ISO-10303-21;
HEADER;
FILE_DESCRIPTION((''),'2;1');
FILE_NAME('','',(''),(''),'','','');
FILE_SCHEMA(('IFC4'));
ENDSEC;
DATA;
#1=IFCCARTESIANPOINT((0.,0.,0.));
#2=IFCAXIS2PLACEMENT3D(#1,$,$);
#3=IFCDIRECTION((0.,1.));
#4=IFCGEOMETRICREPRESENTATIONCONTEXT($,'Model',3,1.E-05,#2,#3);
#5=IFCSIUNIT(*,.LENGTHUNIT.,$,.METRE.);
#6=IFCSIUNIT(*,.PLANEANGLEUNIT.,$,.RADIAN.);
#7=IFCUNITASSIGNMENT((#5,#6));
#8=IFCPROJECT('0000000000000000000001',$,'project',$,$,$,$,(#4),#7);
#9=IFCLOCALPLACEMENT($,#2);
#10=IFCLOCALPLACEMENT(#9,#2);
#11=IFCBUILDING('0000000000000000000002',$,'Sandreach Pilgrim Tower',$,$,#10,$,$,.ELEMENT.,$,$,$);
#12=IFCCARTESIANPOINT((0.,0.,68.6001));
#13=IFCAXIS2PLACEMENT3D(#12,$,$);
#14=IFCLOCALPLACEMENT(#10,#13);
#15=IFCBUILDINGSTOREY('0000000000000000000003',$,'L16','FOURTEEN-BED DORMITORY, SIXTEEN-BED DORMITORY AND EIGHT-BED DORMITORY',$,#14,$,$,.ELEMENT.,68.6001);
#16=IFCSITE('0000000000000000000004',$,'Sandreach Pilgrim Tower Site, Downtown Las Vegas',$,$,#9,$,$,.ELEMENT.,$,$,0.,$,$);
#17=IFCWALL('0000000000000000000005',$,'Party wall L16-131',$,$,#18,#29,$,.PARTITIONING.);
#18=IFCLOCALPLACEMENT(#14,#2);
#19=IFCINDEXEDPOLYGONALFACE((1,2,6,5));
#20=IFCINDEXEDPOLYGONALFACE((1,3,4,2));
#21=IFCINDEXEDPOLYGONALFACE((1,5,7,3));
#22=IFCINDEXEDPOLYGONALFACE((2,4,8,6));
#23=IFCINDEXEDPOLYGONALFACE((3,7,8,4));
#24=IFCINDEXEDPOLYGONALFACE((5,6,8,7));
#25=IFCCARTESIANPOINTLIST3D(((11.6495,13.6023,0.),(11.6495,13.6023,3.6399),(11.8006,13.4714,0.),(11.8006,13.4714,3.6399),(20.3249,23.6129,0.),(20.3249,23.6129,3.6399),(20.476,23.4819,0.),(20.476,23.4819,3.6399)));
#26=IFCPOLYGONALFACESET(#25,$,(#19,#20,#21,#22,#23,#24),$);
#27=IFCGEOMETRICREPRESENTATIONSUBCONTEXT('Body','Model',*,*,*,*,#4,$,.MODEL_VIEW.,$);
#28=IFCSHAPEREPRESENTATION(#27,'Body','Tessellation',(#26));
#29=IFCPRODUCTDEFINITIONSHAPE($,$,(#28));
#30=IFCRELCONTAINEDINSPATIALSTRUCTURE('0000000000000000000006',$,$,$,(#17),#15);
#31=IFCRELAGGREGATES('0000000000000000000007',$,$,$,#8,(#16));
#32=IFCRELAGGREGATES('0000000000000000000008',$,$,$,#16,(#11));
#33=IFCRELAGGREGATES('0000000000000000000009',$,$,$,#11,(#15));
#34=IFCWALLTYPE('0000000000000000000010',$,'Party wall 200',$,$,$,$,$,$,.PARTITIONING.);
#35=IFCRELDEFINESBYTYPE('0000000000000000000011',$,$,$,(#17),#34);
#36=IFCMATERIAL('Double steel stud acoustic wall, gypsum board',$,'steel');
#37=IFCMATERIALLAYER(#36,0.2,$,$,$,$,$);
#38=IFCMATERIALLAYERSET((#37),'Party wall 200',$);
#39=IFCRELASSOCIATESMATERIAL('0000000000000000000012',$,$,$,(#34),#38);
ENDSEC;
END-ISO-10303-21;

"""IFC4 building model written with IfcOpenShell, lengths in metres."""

from ifc_helpers import new_model, si_unit, direction, frame, frame_2d, origin, place, context, subcontext, project, spatial, rectangle, extrude, material, layer, layer_set, type_object, element, save


model = new_model("IFC4")

# Units and contexts
model_context = context("Model", 3, precision=1e-05, world=origin(), true_north=direction((0.0, 1.0)))
body_context = subcontext(model_context, "Body", "Model", "MODEL_VIEW")
ifc_project = project(units=[si_unit("LENGTHUNIT", "METRE"), si_unit("PLANEANGLEUNIT", "RADIAN")], contexts=[model_context])

# Site, building, storey
site_placement = place(None, origin())
site = spatial("IfcSite", under=ifc_project, at=site_placement, Name="Sandreach Pilgrim Tower Site, Downtown Las Vegas", CompositionType="ELEMENT", RefElevation=0.0)
building_placement = place(site_placement, origin())
building = spatial("IfcBuilding", under=site, at=building_placement, Name="Sandreach Pilgrim Tower", CompositionType="ELEMENT")
storey_placement = place(building_placement, frame((0.0, 0.0, 68.6001)))
storey = spatial("IfcBuildingStorey", under=building, at=storey_placement, Name="L16", Description="FOURTEEN-BED DORMITORY, SIXTEEN-BED DORMITORY AND EIGHT-BED DORMITORY", CompositionType="ELEMENT", Elevation=68.6001)

# Wall
ifc_material_1 = material(Name="Double steel stud acoustic wall, gypsum board", Category="steel")
ifc_layer_1 = layer(ifc_material_1, 0.2)
ifc_layer_set_1 = layer_set([ifc_layer_1], Name="Party wall 200")
wall_type_1 = type_object("IfcWallType", Name="Party wall 200", PredefinedType="PARTITIONING", material=ifc_layer_set_1)
wall_1_placement = place(storey_placement, frame((11.7251, 13.5369, 0.0), z_axis=(0.0, 0.0, 1.0), x_axis=(0.65491, 0.755707, 0.0)))
element("IfcWall", 1, at=wall_1_placement, inside=storey, type_object=wall_type_1, Name="Party wall L16-131", PredefinedType="PARTITIONING", context=body_context, shape_type="SweptSolid", body=[
    extrude(rectangle(XDim=13.2466, YDim=0.2, at=frame_2d((6.6233, 0.0))), origin(), (0.0, 0.0, 1.0), 3.6399),
])

save(model, "model.ifc")
